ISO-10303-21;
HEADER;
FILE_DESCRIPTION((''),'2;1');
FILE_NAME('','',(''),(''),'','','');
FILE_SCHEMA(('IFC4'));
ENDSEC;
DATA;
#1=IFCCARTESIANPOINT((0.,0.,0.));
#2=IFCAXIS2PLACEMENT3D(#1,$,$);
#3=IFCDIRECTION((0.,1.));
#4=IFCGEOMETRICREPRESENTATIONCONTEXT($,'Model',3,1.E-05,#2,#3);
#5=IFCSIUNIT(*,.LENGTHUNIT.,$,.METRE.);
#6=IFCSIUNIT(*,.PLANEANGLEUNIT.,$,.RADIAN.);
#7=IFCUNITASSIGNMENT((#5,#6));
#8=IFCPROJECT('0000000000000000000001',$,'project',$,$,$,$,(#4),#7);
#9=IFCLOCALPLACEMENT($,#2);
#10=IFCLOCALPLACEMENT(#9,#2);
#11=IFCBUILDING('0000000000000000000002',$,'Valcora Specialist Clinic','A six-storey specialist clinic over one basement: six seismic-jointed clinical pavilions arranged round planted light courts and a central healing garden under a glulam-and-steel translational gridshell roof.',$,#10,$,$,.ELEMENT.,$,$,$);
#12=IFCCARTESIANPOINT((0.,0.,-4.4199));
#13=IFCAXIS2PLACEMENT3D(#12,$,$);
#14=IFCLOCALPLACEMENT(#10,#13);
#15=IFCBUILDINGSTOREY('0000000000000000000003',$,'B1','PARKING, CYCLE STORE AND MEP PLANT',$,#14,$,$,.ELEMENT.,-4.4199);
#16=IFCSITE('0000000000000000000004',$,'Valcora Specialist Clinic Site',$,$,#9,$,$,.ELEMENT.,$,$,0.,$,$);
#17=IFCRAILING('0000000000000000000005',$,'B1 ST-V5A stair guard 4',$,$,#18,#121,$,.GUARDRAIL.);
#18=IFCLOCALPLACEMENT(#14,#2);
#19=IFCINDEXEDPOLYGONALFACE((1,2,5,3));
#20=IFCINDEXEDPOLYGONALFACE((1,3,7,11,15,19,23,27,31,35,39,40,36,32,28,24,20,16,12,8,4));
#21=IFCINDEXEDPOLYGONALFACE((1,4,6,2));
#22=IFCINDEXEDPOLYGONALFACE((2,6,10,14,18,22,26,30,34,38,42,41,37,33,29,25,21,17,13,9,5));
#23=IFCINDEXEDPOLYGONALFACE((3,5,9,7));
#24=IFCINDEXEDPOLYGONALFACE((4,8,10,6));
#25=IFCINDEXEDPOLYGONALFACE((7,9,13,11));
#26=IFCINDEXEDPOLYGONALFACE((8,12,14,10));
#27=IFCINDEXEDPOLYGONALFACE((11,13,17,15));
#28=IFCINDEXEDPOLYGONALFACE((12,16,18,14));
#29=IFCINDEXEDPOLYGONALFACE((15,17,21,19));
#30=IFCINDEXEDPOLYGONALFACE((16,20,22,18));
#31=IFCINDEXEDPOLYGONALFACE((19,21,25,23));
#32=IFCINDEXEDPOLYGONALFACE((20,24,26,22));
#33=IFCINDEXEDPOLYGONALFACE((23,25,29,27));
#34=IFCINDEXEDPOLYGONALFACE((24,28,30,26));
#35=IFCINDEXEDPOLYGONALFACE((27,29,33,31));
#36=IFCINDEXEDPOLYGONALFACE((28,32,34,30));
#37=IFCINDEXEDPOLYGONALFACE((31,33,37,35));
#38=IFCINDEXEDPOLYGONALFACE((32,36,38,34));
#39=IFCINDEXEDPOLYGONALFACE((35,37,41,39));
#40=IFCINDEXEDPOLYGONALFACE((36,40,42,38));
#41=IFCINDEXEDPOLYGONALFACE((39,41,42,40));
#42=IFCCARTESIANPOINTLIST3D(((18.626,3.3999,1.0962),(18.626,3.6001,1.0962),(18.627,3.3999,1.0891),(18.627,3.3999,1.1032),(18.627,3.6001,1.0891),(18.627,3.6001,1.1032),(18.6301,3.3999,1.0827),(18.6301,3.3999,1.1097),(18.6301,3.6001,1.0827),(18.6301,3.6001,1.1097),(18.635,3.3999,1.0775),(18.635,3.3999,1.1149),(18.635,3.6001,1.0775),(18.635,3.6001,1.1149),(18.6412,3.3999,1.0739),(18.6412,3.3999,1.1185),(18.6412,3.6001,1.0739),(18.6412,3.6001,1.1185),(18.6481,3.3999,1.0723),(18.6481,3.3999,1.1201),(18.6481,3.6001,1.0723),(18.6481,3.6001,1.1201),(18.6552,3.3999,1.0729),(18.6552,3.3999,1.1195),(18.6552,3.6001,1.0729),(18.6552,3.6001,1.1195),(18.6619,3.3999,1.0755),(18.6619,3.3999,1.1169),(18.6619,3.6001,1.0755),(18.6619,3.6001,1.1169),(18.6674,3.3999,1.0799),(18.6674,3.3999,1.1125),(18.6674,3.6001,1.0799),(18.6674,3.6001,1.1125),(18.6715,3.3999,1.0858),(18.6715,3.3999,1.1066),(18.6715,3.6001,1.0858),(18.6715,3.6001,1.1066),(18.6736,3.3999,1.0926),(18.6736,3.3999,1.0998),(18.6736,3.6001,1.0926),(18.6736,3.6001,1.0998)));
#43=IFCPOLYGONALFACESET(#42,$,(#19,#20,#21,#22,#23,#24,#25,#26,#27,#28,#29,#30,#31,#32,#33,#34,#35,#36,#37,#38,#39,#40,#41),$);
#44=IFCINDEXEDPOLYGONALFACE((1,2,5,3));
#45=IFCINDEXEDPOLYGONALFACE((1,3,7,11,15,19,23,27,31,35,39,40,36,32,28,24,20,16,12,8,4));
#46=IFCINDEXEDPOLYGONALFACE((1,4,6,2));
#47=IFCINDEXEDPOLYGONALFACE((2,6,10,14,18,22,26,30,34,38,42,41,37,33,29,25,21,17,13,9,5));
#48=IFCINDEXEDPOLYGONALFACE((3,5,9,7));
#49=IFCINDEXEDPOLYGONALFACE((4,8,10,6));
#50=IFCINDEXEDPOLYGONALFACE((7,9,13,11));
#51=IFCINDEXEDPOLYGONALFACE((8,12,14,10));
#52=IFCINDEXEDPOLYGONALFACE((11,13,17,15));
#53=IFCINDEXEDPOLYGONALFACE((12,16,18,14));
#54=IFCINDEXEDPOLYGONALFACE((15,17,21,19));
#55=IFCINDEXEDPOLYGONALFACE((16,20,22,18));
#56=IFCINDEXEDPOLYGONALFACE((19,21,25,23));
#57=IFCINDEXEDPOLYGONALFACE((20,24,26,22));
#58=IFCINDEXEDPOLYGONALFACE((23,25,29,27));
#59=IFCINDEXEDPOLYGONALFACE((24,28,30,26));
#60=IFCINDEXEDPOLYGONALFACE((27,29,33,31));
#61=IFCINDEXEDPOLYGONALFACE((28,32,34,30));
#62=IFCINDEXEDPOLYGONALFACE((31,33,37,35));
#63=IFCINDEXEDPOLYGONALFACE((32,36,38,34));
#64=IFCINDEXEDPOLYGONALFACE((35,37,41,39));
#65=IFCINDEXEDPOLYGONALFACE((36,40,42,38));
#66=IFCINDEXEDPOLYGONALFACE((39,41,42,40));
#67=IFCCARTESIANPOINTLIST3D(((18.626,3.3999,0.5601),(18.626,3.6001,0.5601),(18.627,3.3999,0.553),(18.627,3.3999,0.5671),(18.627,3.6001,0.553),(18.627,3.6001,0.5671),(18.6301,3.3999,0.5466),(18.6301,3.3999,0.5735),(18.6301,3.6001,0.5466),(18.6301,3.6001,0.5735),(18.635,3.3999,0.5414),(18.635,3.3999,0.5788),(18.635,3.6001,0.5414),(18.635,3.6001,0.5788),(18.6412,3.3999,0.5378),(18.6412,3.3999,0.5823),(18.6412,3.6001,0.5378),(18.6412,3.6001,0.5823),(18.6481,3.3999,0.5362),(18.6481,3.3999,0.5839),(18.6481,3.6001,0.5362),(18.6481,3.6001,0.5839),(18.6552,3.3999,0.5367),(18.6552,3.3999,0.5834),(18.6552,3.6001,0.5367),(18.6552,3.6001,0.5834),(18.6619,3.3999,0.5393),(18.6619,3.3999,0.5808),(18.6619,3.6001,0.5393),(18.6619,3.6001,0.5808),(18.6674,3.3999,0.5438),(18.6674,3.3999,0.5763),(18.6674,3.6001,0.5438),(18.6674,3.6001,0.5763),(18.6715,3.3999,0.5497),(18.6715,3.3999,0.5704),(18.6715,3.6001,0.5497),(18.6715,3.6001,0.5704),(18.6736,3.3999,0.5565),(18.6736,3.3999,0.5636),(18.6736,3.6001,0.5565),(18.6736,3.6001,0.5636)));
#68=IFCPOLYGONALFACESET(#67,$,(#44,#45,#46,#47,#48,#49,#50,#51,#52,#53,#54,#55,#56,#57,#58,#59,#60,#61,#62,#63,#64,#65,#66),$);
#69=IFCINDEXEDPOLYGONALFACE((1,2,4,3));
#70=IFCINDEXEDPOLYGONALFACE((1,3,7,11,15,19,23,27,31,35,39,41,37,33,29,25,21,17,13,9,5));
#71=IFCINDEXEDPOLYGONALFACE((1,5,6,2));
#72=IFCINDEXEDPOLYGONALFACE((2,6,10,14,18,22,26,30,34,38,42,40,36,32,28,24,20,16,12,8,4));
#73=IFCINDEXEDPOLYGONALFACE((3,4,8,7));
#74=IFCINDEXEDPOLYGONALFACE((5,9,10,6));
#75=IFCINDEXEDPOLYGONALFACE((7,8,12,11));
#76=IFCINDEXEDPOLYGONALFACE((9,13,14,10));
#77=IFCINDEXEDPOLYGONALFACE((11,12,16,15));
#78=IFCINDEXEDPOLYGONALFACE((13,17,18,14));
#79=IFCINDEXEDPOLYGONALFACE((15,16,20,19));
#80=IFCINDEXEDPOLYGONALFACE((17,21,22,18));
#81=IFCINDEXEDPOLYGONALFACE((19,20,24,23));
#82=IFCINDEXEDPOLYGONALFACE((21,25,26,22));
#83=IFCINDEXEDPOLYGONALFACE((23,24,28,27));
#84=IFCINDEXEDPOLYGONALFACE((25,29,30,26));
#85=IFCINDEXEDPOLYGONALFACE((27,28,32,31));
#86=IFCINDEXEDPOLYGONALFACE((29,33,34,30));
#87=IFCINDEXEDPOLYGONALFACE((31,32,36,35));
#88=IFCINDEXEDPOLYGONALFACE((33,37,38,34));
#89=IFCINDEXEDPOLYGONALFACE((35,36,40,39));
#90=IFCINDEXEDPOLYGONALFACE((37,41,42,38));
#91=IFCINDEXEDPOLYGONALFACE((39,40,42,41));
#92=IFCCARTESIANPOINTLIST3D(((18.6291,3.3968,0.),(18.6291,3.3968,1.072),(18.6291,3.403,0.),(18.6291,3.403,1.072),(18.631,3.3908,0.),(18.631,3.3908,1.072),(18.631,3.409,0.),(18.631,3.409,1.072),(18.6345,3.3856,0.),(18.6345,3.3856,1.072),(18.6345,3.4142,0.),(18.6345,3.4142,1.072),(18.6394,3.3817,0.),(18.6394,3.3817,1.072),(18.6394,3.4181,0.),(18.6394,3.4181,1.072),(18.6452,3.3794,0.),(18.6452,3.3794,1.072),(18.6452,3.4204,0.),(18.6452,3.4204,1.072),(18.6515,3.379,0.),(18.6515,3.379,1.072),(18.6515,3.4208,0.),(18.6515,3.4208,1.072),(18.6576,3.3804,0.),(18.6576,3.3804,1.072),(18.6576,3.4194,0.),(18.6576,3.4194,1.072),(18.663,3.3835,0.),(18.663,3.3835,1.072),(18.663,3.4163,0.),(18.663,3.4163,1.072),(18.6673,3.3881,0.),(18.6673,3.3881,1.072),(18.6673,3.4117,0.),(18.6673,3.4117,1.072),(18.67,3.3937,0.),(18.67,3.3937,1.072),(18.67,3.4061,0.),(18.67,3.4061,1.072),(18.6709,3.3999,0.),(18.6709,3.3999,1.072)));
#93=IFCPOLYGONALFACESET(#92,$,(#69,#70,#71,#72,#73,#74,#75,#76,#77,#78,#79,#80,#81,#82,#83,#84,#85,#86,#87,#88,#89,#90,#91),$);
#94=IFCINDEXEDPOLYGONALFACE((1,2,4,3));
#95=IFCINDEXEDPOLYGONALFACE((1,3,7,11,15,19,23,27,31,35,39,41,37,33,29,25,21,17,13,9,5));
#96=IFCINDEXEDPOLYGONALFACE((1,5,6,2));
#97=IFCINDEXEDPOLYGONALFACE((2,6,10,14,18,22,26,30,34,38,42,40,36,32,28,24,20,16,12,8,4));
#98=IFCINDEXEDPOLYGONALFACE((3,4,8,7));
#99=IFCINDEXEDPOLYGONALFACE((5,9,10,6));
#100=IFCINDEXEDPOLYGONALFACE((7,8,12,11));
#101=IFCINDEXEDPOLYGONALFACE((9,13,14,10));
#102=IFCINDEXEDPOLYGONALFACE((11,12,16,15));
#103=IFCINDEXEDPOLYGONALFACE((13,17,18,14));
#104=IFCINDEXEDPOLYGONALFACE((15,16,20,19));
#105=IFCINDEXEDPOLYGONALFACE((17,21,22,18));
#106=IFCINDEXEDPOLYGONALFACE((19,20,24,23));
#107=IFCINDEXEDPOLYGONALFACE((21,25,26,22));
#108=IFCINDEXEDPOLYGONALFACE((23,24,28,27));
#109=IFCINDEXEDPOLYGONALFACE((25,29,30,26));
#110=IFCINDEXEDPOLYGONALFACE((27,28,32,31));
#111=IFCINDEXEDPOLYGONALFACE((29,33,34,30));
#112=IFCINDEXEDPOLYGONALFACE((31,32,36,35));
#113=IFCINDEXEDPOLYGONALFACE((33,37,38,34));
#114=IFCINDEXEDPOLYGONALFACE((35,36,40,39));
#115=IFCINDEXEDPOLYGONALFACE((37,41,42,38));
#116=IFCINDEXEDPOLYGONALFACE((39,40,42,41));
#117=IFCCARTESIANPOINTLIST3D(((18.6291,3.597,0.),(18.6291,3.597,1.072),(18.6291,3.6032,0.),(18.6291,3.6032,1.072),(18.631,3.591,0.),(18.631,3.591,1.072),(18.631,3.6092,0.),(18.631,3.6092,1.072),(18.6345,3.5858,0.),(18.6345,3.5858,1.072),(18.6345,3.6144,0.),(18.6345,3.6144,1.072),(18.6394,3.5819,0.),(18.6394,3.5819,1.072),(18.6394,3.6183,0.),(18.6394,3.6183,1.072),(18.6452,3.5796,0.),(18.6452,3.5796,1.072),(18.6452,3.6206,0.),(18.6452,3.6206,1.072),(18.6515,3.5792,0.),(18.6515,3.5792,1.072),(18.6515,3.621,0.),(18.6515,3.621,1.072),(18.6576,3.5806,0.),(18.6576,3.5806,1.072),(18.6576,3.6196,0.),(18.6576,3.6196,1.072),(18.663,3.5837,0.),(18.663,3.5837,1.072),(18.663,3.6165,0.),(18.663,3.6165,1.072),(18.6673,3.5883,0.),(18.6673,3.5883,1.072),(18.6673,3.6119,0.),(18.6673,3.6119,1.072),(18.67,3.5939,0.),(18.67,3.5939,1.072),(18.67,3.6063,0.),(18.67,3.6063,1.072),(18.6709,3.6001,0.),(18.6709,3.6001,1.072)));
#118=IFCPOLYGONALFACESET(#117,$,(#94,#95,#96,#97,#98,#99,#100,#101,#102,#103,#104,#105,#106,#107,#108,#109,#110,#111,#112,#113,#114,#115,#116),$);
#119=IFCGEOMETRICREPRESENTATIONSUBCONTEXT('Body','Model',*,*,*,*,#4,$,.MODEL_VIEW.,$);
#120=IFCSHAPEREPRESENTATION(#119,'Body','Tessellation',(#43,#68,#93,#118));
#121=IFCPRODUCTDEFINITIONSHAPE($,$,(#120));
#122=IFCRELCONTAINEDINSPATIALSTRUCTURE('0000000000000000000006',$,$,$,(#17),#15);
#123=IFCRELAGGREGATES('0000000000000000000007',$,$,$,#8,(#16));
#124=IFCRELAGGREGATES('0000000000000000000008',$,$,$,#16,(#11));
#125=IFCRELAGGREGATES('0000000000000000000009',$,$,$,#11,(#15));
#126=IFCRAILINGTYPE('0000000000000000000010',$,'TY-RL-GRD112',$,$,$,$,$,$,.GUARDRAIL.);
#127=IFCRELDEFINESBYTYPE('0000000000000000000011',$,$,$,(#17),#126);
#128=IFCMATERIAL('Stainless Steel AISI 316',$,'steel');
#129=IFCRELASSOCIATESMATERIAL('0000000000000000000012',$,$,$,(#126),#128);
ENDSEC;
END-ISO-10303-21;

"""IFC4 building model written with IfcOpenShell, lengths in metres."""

from ifc_helpers import new_model, si_unit, direction, frame, origin, origin_2d, place, context, subcontext, project, spatial, circle, extrude, material, type_object, element, save


model = new_model("IFC4")

# Units and contexts
model_context = context("Model", 3, precision=1e-05, world=origin(), true_north=direction((0.0, 1.0)))
body_context = subcontext(model_context, "Body", "Model", "MODEL_VIEW")
ifc_project = project(units=[si_unit("LENGTHUNIT", "METRE"), si_unit("PLANEANGLEUNIT", "RADIAN")], contexts=[model_context])

# Site, building, storey
site_placement = place(None, origin())
site = spatial("IfcSite", under=ifc_project, at=site_placement, Name="Valcora Specialist Clinic Site", CompositionType="ELEMENT", RefElevation=0.0)
building_placement = place(site_placement, origin())
building = spatial("IfcBuilding", under=site, at=building_placement, Name="Valcora Specialist Clinic", Description="A six-storey specialist clinic over one basement: six seismic-jointed clinical pavilions arranged round planted light courts and a central healing garden under a glulam-and-steel translational gridshell roof.", CompositionType="ELEMENT")
storey_placement = place(building_placement, frame((0.0, 0.0, -4.4199)))
storey = spatial("IfcBuildingStorey", under=building, at=storey_placement, Name="B1", Description="PARKING, CYCLE STORE AND MEP PLANT", CompositionType="ELEMENT", Elevation=-4.4199)

# Railing
ifc_material_1 = material(Name="Stainless Steel AISI 316", Category="steel")
railing_type_1 = type_object("IfcRailingType", Name="TY-RL-GRD112", PredefinedType="GUARDRAIL", material=ifc_material_1)
railing_1_placement = place(storey_placement, frame((18.6499, 3.3999, 0.0)))
element("IfcRailing", 1, at=railing_1_placement, inside=storey, type_object=railing_type_1, Name="B1 ST-V5A stair guard 4", PredefinedType="GUARDRAIL", context=body_context, shape_type="SweptSolid", body=[
    extrude(circle(Radius=0.0239, at=origin_2d()), frame((0.0, 0.0, 1.0962), z_axis=(0.0, 1.0, 0.0), x_axis=(-1.0, 0.0, 0.0)), (0.0, 0.0, 1.0), 0.2002),
    extrude(circle(Radius=0.0239, at=origin_2d()), frame((0.0, 0.0, 0.5601), z_axis=(0.0, 1.0, 0.0), x_axis=(-1.0, 0.0, 0.0)), (0.0, 0.0, 1.0), 0.2002),
    extrude(circle(Radius=0.021, at=origin_2d()), origin(), (0.0, 0.0, 1.0), 1.072),
    extrude(circle(Radius=0.021, at=origin_2d()), frame((0.0, 0.2002, 0.0)), (0.0, 0.0, 1.0), 1.072),
])

save(model, "model.ifc")
